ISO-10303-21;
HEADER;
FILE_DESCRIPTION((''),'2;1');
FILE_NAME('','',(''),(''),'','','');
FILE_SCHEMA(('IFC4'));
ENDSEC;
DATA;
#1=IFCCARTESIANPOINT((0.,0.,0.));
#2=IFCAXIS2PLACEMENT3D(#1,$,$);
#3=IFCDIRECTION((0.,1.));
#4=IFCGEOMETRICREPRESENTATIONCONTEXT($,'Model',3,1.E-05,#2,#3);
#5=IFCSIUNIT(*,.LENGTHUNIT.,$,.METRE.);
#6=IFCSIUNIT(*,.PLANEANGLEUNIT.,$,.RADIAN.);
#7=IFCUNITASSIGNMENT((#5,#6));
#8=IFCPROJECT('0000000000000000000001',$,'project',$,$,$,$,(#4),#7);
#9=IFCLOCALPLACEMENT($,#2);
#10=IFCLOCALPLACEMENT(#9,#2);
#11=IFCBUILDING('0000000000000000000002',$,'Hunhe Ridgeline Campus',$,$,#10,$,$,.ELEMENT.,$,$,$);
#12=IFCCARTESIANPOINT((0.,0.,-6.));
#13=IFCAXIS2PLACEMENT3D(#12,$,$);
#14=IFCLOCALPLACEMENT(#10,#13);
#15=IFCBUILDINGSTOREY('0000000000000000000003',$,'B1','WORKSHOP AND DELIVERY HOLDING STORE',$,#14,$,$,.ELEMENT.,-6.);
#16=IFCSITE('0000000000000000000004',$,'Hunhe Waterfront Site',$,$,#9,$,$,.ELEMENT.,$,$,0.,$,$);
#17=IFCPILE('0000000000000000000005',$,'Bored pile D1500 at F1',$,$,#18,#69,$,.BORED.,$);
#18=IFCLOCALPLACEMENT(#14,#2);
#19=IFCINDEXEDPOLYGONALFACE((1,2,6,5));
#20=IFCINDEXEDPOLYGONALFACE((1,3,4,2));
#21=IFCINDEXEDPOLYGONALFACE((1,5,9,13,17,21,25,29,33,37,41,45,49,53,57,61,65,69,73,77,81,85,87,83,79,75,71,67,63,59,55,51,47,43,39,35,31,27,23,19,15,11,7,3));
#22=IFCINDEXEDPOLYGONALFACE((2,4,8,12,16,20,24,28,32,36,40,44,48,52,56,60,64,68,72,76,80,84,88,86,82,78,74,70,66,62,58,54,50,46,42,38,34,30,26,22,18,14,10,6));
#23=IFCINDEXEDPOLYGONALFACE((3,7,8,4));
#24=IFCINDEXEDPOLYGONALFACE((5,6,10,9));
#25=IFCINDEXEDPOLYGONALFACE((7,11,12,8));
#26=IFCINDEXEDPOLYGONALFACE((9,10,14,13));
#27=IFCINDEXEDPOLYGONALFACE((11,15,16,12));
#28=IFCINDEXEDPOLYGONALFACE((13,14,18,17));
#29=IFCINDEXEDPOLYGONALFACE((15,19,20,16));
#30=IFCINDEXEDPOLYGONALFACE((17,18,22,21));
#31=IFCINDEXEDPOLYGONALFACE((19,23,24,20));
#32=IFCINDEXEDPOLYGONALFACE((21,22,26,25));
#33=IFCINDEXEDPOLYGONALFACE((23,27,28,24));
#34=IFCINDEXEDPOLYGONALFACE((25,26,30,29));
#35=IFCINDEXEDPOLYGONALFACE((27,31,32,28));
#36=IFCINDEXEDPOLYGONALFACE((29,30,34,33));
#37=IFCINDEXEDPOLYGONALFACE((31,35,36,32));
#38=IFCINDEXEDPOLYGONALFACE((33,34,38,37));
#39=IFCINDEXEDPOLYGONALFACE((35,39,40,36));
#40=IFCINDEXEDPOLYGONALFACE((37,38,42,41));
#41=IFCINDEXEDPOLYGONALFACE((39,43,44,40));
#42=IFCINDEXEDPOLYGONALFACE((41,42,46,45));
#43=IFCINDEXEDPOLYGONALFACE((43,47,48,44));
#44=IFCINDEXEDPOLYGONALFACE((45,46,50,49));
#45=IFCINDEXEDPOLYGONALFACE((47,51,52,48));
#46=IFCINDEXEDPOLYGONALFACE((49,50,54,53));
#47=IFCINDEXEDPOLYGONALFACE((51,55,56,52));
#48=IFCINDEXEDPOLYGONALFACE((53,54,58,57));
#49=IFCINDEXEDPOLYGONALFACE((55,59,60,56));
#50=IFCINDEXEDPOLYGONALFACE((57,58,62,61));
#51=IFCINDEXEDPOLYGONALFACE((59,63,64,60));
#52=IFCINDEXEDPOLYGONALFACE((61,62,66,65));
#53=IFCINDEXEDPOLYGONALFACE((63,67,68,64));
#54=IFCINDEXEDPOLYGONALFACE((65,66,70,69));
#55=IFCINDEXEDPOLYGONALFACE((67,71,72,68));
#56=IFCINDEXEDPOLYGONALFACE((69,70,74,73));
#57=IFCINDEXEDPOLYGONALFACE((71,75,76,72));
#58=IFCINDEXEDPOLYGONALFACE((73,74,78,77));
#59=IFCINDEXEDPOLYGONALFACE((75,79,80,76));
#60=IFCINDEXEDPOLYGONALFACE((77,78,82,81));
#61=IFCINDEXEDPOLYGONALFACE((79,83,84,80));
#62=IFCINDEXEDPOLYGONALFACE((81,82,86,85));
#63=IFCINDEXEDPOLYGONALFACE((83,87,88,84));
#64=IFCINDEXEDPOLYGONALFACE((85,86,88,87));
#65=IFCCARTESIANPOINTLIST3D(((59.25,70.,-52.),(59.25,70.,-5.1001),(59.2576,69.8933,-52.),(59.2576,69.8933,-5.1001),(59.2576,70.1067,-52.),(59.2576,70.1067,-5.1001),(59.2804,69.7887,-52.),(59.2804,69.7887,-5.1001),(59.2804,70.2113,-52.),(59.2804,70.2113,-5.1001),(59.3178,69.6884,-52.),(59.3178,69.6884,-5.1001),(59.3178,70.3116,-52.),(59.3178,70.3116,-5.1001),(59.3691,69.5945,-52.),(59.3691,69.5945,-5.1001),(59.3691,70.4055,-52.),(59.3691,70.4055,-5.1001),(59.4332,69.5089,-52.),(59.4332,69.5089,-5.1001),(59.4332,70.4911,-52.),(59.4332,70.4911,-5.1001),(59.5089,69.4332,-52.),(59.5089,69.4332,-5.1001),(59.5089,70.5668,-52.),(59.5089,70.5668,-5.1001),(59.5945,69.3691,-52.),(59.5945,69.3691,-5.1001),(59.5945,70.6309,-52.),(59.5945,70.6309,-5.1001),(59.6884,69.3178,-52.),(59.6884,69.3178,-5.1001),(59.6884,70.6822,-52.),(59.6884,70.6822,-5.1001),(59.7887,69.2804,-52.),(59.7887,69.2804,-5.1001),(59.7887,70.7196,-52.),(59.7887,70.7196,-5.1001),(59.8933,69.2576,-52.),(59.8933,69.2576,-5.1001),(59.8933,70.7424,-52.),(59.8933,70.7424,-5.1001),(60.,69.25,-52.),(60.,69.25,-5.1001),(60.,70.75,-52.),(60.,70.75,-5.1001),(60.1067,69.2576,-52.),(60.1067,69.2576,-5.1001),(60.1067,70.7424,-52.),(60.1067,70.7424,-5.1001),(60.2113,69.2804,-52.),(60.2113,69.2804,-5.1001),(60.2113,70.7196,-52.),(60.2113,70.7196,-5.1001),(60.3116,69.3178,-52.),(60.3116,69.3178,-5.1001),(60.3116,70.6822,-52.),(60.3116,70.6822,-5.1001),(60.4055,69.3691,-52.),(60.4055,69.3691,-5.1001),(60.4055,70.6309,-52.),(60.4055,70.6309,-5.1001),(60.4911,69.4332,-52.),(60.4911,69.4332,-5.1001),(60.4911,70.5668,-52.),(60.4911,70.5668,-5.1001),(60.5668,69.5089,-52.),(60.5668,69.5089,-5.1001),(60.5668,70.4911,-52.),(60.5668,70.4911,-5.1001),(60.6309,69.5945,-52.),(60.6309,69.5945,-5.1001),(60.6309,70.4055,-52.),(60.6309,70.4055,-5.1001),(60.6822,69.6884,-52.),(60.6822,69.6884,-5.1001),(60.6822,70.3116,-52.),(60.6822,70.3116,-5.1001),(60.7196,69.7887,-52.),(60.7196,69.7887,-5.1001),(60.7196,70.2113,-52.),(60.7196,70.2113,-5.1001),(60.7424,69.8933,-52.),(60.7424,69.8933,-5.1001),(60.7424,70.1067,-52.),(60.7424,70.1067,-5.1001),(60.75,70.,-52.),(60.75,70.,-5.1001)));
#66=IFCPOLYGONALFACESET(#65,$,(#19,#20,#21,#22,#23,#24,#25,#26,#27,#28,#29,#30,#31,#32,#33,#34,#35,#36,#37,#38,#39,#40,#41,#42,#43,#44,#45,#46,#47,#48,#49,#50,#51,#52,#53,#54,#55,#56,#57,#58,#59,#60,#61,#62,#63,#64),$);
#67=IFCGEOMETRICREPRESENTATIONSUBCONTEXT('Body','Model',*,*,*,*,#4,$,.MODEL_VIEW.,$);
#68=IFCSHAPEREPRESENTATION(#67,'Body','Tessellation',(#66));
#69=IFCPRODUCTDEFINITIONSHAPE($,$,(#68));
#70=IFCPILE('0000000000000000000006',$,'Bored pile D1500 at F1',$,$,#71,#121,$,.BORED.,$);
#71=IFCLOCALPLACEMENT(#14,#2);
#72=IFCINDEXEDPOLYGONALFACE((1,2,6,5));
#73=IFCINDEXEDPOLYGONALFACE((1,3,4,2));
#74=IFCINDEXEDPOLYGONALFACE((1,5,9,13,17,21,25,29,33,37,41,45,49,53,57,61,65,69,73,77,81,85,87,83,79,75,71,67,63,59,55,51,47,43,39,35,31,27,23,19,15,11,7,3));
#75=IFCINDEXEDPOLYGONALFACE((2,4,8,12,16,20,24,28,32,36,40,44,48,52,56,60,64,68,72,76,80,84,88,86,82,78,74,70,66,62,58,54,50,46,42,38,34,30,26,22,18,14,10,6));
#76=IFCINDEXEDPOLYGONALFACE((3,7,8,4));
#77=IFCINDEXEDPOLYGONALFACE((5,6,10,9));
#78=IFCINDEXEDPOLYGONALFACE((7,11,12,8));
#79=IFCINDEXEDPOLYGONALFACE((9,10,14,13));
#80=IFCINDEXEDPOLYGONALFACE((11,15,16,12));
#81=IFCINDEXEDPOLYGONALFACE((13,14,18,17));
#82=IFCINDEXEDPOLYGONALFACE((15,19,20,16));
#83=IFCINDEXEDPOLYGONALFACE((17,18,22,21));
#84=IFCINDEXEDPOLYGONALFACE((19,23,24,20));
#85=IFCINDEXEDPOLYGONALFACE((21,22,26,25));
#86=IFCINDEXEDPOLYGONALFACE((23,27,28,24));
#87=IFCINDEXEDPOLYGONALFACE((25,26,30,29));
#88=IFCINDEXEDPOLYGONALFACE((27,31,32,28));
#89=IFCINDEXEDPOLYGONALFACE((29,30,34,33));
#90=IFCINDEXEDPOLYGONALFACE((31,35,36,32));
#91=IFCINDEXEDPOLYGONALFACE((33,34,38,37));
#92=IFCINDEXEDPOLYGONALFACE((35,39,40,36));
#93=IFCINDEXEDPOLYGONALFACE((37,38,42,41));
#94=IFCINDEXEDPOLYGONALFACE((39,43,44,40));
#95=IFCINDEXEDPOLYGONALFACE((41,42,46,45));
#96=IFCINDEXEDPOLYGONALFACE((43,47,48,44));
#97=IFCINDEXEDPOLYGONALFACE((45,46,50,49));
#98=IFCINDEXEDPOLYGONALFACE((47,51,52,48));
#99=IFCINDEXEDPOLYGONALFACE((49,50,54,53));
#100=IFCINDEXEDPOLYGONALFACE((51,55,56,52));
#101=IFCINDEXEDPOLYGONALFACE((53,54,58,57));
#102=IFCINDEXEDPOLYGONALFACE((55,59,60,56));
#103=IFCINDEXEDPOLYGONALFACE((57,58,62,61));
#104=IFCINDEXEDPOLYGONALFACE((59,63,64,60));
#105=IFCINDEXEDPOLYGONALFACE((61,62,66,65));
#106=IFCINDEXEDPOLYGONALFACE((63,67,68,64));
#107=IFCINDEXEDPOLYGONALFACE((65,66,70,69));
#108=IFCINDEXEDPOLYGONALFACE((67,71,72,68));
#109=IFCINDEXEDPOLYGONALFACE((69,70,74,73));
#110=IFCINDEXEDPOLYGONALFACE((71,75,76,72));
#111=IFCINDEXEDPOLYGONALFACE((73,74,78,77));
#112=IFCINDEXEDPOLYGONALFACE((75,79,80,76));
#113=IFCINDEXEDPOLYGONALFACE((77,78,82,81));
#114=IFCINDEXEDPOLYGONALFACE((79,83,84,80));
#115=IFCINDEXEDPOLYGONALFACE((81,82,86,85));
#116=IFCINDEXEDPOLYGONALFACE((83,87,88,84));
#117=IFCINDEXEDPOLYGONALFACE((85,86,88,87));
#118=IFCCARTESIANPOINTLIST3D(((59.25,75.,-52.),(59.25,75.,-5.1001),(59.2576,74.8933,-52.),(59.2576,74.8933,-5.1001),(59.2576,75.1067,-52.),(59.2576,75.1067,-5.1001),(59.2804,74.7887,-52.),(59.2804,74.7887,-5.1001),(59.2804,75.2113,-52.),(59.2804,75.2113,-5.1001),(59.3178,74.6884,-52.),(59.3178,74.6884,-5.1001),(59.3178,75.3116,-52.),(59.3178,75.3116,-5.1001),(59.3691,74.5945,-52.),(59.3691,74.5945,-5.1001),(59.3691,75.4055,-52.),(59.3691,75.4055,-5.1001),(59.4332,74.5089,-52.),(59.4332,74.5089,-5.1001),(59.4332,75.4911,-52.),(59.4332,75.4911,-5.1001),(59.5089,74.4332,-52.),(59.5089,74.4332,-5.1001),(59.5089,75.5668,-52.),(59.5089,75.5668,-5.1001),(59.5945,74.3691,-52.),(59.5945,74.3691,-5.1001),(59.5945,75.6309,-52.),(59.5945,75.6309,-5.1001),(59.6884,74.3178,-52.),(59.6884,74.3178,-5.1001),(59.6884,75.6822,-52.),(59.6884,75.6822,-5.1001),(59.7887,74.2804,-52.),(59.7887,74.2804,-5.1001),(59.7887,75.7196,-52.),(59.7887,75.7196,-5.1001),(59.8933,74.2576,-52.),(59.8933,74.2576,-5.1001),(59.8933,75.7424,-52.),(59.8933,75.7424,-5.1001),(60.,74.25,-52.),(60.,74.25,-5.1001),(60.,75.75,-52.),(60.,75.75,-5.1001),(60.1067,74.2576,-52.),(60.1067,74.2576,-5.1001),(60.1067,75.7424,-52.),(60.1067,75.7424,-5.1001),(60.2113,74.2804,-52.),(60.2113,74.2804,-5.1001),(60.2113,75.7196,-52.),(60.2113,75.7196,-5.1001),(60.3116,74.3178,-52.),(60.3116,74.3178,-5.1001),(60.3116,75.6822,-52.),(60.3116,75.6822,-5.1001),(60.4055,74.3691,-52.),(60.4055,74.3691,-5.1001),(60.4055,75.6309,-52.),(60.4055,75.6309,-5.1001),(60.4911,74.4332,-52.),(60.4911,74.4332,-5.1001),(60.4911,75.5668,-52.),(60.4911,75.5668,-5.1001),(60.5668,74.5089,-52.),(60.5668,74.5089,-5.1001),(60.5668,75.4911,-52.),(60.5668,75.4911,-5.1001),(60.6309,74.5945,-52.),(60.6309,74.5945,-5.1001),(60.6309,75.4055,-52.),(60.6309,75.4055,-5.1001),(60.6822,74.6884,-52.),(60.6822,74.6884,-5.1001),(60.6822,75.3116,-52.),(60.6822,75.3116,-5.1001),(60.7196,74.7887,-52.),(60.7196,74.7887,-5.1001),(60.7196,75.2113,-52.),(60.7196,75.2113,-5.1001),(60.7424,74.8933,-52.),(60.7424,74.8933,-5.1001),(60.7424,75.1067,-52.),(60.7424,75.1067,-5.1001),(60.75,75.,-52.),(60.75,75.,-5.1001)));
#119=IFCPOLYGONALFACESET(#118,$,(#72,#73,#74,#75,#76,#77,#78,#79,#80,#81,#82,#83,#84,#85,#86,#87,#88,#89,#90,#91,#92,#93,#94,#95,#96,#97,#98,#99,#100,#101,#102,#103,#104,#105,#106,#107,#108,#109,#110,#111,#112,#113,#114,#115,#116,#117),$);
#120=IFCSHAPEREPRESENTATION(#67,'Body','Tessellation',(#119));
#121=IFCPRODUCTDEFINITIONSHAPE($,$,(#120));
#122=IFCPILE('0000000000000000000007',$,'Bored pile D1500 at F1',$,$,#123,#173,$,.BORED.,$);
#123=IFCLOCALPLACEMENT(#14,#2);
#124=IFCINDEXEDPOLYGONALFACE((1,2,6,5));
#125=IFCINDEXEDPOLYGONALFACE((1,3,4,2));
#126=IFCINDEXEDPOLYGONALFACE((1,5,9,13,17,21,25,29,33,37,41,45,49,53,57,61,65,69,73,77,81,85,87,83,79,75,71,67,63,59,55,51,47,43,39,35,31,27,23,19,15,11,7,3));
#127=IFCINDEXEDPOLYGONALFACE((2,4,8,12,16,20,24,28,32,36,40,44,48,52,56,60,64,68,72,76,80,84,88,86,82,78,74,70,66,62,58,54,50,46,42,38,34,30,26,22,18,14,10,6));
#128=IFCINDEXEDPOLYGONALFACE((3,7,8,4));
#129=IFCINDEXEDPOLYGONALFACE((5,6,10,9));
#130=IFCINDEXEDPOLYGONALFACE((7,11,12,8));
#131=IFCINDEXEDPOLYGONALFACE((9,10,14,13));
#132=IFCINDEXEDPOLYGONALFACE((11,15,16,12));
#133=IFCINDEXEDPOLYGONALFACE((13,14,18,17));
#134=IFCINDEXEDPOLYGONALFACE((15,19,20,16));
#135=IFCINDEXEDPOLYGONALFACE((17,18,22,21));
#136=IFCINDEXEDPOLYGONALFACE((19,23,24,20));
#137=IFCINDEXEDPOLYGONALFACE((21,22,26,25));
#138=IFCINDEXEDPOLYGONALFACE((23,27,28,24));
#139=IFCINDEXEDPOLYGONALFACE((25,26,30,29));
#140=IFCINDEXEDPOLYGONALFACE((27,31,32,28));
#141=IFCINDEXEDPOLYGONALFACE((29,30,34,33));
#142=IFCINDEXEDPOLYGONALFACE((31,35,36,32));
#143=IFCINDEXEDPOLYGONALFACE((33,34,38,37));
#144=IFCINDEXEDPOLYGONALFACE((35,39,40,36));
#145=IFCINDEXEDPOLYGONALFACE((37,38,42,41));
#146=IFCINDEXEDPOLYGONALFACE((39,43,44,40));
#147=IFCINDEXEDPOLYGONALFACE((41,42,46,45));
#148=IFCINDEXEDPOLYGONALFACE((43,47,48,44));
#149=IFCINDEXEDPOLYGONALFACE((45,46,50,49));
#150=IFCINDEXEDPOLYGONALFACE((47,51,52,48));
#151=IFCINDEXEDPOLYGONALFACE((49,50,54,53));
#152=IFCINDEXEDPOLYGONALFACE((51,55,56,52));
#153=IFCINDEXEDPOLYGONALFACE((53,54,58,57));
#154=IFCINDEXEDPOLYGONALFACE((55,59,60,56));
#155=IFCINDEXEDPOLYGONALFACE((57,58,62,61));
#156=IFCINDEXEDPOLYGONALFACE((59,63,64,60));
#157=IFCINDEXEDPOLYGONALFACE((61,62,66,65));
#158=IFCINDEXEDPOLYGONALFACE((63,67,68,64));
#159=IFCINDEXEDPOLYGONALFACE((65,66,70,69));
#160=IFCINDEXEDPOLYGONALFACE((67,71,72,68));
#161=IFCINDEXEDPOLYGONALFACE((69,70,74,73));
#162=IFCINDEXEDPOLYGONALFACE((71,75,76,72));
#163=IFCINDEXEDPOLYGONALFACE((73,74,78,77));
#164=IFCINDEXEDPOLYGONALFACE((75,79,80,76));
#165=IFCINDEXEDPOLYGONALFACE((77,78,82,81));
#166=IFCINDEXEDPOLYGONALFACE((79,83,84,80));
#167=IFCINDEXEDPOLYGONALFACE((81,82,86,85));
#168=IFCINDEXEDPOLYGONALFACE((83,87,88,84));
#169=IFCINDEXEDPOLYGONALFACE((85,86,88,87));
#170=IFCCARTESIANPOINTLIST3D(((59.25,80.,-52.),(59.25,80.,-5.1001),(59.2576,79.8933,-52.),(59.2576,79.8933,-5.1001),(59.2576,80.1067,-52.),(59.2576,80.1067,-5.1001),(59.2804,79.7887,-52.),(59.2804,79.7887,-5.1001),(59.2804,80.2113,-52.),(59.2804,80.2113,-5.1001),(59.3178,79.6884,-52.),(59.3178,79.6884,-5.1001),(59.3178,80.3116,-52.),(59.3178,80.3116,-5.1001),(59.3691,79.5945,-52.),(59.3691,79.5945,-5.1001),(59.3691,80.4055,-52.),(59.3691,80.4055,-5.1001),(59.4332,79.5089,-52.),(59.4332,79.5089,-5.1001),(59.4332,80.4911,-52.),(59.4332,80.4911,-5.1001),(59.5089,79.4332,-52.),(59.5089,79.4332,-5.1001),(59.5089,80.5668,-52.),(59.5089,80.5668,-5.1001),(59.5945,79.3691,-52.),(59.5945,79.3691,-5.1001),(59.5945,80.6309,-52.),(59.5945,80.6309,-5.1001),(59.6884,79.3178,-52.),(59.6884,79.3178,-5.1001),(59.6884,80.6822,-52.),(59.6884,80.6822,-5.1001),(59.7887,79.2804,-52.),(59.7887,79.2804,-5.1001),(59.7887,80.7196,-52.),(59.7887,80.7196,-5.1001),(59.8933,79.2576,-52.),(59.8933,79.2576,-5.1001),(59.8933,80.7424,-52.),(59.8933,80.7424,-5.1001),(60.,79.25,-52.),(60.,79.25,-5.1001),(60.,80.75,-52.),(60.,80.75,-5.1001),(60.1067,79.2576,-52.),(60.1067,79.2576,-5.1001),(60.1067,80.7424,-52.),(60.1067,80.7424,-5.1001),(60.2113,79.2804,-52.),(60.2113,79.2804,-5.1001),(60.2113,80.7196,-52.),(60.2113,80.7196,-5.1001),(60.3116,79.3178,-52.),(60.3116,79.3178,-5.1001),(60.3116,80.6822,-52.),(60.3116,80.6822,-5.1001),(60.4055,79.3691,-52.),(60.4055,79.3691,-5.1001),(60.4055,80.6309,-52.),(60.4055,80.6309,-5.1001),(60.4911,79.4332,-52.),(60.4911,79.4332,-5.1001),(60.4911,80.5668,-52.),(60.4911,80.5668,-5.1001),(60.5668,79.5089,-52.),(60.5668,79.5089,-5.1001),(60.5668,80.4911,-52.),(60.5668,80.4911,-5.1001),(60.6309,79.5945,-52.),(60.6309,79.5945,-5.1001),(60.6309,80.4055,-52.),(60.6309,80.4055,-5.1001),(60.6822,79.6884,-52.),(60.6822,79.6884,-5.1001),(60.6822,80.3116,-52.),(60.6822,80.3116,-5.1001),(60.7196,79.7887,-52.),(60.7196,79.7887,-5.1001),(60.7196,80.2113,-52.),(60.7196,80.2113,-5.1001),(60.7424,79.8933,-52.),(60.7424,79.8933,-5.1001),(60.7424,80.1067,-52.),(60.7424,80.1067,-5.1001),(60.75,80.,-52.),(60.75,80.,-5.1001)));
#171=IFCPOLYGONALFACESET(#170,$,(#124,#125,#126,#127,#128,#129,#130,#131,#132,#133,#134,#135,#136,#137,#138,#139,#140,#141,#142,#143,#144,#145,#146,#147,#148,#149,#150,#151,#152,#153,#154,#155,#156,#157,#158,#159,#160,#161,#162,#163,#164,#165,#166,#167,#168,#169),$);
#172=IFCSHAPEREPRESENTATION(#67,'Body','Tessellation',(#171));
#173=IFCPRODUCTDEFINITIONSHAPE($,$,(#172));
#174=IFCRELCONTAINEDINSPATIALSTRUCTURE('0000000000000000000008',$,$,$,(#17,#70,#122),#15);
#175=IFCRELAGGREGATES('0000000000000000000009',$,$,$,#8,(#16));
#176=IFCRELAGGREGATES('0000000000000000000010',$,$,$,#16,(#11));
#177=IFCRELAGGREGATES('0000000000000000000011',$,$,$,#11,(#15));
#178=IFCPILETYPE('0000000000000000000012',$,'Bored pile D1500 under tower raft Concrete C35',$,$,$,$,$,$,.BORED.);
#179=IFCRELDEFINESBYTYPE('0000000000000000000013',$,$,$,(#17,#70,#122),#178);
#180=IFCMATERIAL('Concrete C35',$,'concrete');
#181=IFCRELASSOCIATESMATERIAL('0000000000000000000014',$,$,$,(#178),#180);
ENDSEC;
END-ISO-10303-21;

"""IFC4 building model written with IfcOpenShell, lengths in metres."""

from ifc_helpers import new_model, si_unit, direction, frame, origin, origin_2d, place, context, subcontext, project, spatial, circle, extrude, material, material_profile, profile_set, type_object, element, save


model = new_model("IFC4")

# Units and contexts
model_context = context("Model", 3, precision=1e-05, world=origin(), true_north=direction((0.0, 1.0)))
body_context = subcontext(model_context, "Body", "Model", "MODEL_VIEW")
ifc_project = project(units=[si_unit("LENGTHUNIT", "METRE"), si_unit("PLANEANGLEUNIT", "RADIAN")], contexts=[model_context])

# Site, building, storey
site_placement = place(None, origin())
site = spatial("IfcSite", under=ifc_project, at=site_placement, Name="Hunhe Waterfront Site", CompositionType="ELEMENT", RefElevation=0.0)
building_placement = place(site_placement, origin())
building = spatial("IfcBuilding", under=site, at=building_placement, Name="Hunhe Ridgeline Campus", CompositionType="ELEMENT")
storey_placement = place(building_placement, frame((0.0, 0.0, -6.0)))
storey = spatial("IfcBuildingStorey", under=building, at=storey_placement, Name="B1", Description="WORKSHOP AND DELIVERY HOLDING STORE", CompositionType="ELEMENT", Elevation=-6.0)

# Piles
ifc_material_1 = material(Name="Concrete C35", Category="concrete")
ifc_material_profile_1 = material_profile(ifc_material_1, circle(Radius=0.75, at=origin_2d()))
ifc_profile_set_1 = profile_set([ifc_material_profile_1], Name="Concrete C35")
pile_type = type_object("IfcPileType", Name="Bored pile D1500 under tower raft Concrete C35", PredefinedType="BORED", material=ifc_profile_set_1)
for number, where, z_axis, x_axis, name in (
    (1, (60.0, 70.0, -5.1001), (0.0, 0.0, -1.0), (1.0, 0.0, 0.0), "Bored pile D1500 at F1"),
    (2, (60.0, 75.0, -5.1001), (0.0, 0.0, -1.0), (1.0, 0.0, 0.0), "Bored pile D1500 at F1"),
    (3, (60.0, 80.0, -5.1001), (0.0, 0.0, -1.0), (1.0, 0.0, 0.0), "Bored pile D1500 at F1"),
):
    element("IfcPile", number, at=place(storey_placement, frame(where, z_axis=z_axis, x_axis=x_axis)), inside=storey, type_object=pile_type, Name=name, PredefinedType="BORED", context=body_context, shape_type="SweptSolid", body=[
        extrude(circle(Radius=0.75, at=origin_2d()), origin(), (0.0, 0.0, 1.0), 46.8999),
    ])

save(model, "model.ifc")
